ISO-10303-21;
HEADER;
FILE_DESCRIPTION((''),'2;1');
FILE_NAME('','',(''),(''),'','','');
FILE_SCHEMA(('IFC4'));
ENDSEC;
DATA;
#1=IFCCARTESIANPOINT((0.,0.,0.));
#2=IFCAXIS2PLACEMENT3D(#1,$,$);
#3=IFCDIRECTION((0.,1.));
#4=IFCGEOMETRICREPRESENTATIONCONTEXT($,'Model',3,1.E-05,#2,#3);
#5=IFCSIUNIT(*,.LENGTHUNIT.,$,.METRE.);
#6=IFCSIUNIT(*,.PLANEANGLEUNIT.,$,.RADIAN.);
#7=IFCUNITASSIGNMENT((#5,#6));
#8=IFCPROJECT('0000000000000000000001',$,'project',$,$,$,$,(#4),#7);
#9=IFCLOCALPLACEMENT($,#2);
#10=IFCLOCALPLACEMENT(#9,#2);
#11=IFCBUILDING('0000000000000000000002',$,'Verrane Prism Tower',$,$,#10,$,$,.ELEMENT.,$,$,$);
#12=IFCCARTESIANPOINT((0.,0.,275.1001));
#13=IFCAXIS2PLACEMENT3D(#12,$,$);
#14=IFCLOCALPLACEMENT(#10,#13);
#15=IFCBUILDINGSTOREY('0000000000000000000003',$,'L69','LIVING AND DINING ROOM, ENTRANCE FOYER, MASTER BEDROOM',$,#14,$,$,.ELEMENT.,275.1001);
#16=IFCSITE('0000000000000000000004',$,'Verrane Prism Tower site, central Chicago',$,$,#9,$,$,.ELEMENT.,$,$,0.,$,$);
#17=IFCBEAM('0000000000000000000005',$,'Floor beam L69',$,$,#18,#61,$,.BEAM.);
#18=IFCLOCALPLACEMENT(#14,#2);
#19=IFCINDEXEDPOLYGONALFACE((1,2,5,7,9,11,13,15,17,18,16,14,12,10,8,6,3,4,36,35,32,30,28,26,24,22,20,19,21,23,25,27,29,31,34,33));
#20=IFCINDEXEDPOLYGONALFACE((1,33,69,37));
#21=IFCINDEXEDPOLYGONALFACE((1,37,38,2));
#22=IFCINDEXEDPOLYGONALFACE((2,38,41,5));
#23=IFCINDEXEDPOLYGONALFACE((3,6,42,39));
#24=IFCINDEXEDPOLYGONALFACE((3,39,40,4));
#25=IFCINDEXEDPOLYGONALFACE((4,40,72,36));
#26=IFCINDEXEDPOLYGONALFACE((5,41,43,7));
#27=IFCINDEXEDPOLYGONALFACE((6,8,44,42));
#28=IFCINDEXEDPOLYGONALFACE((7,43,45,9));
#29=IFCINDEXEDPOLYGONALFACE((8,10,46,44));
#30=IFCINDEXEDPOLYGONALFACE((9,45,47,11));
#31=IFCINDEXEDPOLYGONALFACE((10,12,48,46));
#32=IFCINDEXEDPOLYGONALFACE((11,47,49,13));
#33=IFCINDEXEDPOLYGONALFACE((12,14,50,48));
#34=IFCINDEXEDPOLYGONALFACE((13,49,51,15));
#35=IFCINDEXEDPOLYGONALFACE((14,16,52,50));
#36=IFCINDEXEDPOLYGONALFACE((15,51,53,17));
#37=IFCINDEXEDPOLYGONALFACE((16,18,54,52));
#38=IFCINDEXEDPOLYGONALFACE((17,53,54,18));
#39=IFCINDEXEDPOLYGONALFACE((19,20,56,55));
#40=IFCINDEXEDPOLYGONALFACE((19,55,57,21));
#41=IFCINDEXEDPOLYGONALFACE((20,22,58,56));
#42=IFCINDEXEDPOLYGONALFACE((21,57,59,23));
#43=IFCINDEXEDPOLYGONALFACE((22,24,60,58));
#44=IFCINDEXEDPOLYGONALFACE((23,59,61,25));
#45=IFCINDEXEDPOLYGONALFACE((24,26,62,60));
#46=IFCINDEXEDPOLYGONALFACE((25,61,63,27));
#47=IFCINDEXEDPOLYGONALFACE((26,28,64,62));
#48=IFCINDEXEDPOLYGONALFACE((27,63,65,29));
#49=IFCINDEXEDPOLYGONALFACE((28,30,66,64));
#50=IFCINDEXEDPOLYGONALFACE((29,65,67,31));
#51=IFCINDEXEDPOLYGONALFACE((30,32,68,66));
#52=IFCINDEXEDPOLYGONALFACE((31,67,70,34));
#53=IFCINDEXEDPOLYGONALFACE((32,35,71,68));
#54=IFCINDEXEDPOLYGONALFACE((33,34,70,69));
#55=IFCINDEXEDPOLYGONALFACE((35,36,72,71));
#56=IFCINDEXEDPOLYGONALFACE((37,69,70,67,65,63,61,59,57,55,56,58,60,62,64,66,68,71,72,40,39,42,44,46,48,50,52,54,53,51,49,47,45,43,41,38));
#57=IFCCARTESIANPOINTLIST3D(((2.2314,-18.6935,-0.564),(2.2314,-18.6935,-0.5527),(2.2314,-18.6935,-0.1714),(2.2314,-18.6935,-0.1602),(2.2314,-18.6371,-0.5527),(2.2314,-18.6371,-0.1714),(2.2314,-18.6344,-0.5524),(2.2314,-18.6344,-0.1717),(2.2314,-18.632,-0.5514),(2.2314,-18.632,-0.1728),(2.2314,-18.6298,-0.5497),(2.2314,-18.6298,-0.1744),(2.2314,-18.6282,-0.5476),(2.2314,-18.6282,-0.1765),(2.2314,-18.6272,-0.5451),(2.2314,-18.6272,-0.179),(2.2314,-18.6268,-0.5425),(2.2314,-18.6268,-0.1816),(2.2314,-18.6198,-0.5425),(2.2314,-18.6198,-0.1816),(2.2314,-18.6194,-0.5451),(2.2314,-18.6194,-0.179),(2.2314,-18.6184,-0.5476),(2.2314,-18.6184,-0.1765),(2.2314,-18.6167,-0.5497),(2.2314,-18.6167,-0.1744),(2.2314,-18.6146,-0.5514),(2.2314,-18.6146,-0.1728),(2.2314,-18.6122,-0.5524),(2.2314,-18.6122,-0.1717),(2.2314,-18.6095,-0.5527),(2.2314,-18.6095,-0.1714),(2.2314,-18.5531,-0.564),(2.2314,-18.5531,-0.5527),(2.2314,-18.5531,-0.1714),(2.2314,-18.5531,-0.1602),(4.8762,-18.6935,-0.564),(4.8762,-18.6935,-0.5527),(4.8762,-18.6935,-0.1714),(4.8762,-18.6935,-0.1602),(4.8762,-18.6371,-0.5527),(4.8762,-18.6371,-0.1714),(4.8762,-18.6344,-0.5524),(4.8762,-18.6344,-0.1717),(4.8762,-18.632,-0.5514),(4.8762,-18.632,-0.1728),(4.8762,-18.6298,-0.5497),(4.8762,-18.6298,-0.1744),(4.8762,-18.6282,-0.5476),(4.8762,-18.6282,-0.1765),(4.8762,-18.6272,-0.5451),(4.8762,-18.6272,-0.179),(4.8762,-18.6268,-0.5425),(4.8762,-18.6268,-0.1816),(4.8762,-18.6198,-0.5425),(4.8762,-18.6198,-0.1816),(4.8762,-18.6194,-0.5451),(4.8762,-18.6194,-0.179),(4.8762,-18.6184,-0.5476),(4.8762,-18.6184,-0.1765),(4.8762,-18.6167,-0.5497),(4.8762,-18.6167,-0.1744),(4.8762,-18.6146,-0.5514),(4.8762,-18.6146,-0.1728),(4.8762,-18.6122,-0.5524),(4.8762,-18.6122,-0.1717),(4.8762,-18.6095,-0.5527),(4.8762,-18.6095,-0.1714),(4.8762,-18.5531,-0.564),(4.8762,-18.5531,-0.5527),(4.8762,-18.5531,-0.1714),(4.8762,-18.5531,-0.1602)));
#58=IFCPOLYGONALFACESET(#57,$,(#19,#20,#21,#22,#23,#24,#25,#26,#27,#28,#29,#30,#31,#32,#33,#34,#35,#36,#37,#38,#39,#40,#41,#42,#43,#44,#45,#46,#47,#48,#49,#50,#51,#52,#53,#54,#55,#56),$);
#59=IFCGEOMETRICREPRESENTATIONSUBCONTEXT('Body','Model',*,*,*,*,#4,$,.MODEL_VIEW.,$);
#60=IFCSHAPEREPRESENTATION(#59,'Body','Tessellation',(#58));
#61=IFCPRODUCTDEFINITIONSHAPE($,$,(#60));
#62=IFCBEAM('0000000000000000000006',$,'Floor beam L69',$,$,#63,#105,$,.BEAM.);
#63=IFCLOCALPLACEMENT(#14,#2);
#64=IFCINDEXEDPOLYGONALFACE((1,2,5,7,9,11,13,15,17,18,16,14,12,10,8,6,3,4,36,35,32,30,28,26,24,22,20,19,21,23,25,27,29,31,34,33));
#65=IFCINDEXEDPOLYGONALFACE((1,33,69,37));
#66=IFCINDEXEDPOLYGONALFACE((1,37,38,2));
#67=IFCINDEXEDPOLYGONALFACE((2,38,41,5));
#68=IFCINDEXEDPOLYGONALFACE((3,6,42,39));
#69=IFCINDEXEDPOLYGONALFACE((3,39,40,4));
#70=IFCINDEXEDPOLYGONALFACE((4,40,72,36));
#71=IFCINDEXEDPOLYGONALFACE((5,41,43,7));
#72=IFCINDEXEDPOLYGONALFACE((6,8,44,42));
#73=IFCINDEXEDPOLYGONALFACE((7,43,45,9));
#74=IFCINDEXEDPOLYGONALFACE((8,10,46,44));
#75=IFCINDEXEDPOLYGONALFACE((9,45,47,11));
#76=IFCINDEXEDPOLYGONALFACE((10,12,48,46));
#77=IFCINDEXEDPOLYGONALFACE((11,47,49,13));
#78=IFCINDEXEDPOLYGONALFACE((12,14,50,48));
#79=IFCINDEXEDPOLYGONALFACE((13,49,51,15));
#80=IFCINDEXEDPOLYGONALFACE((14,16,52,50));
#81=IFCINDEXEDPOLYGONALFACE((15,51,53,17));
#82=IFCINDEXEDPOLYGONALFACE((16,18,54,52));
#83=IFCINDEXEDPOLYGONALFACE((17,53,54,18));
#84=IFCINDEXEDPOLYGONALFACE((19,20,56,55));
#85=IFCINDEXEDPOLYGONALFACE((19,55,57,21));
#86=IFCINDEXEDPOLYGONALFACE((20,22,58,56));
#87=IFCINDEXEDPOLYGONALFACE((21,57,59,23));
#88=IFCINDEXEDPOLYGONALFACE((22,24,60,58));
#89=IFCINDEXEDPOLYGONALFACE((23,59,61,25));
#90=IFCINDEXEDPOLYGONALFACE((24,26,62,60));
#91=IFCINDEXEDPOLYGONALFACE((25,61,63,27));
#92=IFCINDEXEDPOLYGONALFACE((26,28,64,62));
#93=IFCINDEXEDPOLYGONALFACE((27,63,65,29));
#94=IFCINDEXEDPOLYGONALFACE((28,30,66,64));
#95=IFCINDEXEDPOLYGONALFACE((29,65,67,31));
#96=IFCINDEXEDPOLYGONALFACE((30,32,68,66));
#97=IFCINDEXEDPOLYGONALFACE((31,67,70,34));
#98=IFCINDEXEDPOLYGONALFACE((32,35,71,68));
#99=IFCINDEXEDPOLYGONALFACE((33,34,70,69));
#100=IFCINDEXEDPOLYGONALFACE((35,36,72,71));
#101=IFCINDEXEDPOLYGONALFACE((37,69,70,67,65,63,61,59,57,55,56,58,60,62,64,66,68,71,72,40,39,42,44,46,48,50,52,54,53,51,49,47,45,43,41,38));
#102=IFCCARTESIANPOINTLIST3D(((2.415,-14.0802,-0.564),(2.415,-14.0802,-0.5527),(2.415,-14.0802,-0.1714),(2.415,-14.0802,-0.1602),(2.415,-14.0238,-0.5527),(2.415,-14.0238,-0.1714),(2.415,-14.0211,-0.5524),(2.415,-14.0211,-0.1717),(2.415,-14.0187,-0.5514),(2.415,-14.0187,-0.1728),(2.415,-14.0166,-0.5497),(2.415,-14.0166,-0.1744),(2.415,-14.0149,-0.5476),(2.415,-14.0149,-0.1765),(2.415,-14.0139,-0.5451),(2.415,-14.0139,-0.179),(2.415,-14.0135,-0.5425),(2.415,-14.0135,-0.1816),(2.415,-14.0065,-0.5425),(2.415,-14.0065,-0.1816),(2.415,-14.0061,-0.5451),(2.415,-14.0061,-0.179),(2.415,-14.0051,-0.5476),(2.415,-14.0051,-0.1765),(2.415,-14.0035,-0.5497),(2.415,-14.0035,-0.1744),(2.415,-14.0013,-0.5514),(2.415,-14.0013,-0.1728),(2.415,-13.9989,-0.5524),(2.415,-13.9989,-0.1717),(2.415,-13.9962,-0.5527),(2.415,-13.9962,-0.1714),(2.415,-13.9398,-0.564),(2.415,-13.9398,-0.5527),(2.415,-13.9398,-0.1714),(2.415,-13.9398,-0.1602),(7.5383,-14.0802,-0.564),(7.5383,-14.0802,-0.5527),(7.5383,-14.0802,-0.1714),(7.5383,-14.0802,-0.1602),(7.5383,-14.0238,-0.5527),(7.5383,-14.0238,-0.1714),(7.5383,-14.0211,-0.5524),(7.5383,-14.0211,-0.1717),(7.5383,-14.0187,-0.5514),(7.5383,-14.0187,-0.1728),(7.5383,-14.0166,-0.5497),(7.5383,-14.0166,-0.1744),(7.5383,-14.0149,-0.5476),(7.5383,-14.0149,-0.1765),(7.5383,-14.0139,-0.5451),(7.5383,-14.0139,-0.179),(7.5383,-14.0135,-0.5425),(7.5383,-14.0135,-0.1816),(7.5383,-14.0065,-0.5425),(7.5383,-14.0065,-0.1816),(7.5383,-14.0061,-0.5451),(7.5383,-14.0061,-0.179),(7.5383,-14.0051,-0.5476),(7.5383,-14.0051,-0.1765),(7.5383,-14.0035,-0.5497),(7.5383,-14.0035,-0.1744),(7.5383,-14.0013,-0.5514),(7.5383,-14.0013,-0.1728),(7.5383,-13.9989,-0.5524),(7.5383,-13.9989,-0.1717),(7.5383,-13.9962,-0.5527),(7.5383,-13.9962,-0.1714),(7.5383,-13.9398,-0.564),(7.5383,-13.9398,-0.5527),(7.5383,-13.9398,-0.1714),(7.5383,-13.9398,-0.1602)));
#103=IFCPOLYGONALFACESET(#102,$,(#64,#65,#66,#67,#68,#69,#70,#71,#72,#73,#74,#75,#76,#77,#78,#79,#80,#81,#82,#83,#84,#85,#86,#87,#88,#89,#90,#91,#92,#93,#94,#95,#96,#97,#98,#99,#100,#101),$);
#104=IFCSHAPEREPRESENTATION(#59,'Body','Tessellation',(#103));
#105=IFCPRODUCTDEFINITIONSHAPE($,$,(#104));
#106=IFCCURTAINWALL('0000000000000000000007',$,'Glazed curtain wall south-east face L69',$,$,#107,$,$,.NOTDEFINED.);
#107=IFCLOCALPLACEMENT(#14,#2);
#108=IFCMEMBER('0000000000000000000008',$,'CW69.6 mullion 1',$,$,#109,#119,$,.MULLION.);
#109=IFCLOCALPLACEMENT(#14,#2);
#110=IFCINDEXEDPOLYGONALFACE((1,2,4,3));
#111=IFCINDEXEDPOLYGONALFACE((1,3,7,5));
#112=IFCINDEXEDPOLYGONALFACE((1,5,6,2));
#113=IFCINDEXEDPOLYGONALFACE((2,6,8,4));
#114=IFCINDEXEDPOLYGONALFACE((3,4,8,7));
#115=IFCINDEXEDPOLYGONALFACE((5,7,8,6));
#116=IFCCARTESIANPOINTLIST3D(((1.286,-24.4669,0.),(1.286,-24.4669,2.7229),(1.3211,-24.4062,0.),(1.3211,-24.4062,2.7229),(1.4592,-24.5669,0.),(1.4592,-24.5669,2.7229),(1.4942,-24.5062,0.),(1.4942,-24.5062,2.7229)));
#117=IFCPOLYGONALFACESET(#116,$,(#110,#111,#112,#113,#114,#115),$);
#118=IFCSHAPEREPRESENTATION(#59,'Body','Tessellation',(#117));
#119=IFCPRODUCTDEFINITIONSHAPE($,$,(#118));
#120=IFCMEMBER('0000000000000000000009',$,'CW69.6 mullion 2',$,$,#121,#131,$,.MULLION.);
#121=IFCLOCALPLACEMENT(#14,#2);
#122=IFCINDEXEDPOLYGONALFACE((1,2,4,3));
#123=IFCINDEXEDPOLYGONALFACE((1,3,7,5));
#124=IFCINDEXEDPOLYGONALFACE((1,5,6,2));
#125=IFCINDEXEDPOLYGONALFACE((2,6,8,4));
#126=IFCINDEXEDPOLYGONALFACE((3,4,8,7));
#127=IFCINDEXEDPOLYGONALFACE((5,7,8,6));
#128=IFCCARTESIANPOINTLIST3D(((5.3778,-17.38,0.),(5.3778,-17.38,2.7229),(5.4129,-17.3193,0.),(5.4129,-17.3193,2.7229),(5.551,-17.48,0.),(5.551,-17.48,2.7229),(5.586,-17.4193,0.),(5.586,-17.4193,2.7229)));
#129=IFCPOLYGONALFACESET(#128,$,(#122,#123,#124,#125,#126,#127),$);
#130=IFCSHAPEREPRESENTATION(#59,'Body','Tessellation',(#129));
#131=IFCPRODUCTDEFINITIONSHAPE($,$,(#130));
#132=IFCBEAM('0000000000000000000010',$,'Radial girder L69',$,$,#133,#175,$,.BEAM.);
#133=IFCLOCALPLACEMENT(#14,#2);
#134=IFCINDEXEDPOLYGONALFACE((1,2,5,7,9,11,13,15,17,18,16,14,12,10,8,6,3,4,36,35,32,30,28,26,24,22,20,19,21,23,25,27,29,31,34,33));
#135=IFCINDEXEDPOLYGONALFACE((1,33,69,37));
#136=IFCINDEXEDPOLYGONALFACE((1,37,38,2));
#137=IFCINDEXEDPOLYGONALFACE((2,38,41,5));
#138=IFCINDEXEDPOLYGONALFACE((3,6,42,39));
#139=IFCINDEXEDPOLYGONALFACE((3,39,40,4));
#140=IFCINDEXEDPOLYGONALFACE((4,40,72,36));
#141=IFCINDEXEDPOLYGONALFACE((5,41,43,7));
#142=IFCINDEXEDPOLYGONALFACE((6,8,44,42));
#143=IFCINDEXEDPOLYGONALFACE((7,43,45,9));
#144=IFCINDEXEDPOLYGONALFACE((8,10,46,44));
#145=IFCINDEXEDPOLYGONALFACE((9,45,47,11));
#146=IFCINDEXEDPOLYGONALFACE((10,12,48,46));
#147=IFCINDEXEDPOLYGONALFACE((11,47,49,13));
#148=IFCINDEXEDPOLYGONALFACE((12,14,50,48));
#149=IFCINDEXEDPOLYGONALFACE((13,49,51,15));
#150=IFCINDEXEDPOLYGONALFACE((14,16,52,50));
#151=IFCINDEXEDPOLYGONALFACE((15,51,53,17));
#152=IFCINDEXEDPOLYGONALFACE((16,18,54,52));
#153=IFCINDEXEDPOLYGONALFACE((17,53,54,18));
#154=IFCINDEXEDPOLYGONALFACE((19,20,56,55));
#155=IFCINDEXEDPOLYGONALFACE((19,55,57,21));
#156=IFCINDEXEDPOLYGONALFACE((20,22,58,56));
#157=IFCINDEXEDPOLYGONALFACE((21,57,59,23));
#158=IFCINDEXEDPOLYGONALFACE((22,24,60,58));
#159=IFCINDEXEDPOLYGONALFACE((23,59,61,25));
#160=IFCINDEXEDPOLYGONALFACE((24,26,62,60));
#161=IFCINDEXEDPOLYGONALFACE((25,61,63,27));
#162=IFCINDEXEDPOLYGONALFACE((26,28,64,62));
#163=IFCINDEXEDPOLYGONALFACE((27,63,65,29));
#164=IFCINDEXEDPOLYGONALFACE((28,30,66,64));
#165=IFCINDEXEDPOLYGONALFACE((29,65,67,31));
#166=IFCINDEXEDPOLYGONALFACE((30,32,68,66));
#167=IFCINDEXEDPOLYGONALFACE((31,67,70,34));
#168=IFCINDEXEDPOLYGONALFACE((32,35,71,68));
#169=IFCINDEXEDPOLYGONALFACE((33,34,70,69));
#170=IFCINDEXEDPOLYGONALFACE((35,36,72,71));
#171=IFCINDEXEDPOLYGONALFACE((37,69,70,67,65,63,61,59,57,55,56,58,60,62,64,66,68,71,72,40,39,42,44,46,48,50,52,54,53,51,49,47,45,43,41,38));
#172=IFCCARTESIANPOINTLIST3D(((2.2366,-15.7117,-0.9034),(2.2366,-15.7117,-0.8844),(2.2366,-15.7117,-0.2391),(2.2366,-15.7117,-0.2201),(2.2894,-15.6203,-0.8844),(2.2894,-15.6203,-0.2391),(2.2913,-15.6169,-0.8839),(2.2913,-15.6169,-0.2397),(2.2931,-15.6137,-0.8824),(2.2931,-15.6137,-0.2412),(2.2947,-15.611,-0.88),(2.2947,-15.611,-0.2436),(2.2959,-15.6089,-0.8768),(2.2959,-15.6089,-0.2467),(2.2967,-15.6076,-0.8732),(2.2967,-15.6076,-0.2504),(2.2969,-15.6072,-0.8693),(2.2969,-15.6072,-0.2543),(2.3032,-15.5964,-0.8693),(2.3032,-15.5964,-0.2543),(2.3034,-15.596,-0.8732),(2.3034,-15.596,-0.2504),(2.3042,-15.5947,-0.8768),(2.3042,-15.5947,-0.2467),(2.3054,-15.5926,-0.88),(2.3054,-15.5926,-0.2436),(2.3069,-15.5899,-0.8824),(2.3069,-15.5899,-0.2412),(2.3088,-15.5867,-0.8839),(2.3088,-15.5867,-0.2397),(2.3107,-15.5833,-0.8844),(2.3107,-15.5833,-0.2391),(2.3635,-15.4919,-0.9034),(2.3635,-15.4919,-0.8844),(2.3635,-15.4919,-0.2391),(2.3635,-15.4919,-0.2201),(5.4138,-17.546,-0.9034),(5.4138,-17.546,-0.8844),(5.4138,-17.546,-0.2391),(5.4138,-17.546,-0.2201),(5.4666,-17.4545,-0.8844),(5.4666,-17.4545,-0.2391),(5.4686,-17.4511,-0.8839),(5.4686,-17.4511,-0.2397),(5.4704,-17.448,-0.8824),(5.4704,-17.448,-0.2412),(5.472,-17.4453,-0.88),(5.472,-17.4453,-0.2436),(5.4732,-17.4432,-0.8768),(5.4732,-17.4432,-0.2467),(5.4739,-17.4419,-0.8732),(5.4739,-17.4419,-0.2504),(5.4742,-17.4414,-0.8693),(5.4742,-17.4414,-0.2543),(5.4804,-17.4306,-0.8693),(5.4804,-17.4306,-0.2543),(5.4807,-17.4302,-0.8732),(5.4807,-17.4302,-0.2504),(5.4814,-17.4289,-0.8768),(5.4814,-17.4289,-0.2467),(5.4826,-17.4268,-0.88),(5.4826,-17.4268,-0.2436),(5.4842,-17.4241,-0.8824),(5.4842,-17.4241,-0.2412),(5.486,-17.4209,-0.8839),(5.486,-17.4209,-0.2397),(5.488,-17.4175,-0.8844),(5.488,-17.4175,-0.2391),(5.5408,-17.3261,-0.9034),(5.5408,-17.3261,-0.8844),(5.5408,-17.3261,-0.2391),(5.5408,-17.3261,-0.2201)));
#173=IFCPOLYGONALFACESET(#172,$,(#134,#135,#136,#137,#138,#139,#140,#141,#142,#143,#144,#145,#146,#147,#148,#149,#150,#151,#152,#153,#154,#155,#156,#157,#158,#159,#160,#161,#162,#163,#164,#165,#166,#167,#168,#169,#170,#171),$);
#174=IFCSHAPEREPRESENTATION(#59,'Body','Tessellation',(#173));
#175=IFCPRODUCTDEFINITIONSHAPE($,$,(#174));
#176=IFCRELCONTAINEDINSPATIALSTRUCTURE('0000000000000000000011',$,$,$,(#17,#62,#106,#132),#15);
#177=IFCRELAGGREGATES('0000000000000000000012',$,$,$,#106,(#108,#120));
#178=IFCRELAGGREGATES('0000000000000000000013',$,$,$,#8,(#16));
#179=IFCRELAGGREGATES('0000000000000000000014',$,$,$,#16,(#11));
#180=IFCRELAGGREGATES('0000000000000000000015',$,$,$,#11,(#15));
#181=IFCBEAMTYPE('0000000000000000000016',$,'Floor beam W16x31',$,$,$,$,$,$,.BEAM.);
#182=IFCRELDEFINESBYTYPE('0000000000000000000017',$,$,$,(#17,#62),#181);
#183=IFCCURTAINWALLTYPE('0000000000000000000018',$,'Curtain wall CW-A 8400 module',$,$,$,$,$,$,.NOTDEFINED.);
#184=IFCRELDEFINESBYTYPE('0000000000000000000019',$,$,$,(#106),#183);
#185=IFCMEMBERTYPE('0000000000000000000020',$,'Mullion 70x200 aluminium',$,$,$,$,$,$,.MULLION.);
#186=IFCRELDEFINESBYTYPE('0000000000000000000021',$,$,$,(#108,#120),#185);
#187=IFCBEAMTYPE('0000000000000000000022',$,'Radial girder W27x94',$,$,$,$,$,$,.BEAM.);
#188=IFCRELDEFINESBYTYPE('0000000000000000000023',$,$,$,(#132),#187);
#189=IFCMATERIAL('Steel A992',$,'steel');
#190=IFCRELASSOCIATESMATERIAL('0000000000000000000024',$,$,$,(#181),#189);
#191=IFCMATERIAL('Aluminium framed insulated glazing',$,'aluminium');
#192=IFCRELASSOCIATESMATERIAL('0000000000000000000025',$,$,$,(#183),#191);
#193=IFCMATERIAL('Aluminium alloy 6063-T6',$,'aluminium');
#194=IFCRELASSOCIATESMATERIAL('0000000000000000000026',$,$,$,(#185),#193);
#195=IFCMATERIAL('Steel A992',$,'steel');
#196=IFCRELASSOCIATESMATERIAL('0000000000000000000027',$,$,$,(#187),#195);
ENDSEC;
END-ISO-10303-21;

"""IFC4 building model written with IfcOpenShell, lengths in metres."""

from ifc_helpers import new_model, si_unit, direction, frame, origin, origin_2d, place, context, subcontext, project, spatial, rectangle, i_section, extrude, material, material_profile, profile_set, type_object, element, aggregate, save


model = new_model("IFC4")

# Units and contexts
model_context = context("Model", 3, precision=1e-05, world=origin(), true_north=direction((0.0, 1.0)))
body_context = subcontext(model_context, "Body", "Model", "MODEL_VIEW")
ifc_project = project(units=[si_unit("LENGTHUNIT", "METRE"), si_unit("PLANEANGLEUNIT", "RADIAN")], contexts=[model_context])

# Site, building, storey
site_placement = place(None, origin())
site = spatial("IfcSite", under=ifc_project, at=site_placement, Name="Verrane Prism Tower site, central Chicago", CompositionType="ELEMENT", RefElevation=0.0)
building_placement = place(site_placement, origin())
building = spatial("IfcBuilding", under=site, at=building_placement, Name="Verrane Prism Tower", CompositionType="ELEMENT")
storey_placement = place(building_placement, frame((0.0, 0.0, 275.1001)))
storey = spatial("IfcBuildingStorey", under=building, at=storey_placement, Name="L69", Description="LIVING AND DINING ROOM, ENTRANCE FOYER, MASTER BEDROOM", CompositionType="ELEMENT", Elevation=275.1001)

# Beams
ifc_material_1 = material(Name="Steel A992", Category="steel")
ifc_material_profile_1 = material_profile(ifc_material_1, i_section(OverallWidth=0.1404, OverallDepth=0.4038, WebThickness=0.0071, FlangeThickness=0.0112, FilletRadius=0.0103, at=origin_2d()), Name="W16x31")
ifc_profile_set_1 = profile_set([ifc_material_profile_1], Name="Steel A992")
beam_type_1 = type_object("IfcBeamType", Name="Floor beam W16x31", PredefinedType="BEAM", material=ifc_profile_set_1)
beam_1_placement = place(storey_placement, frame((2.2314, -18.6233, -0.3621), z_axis=(1.0, 0.0, 0.0), x_axis=(0.0, 1.0, 0.0)))
element("IfcBeam", 1, at=beam_1_placement, inside=storey, type_object=beam_type_1, Name="Floor beam L69", PredefinedType="BEAM", context=body_context, shape_type="SweptSolid", body=[
    extrude(i_section(OverallWidth=0.1404, OverallDepth=0.4038, WebThickness=0.0071, FlangeThickness=0.0112, FilletRadius=0.0103, at=origin_2d()), origin(), (0.0, 0.0, 1.0), 2.6448),
])
beam_2_placement = place(storey_placement, frame((2.415, -14.01, -0.3621), z_axis=(1.0, 0.0, 0.0), x_axis=(0.0, 1.0, 0.0)))
element("IfcBeam", 2, at=beam_2_placement, inside=storey, type_object=beam_type_1, Name="Floor beam L69", PredefinedType="BEAM", context=body_context, shape_type="SweptSolid", body=[
    extrude(i_section(OverallWidth=0.1404, OverallDepth=0.4038, WebThickness=0.0071, FlangeThickness=0.0112, FilletRadius=0.0103, at=origin_2d()), origin(), (0.0, 0.0, 1.0), 5.1233),
])

# Curtain wall, members
ifc_material_2 = material(Name="Aluminium framed insulated glazing", Category="aluminium")
curtain_wall_type = type_object("IfcCurtainWallType", Name="Curtain wall CW-A 8400 module", PredefinedType="NOTDEFINED", material=ifc_material_2)
curtain_wall_1_placement = place(storey_placement, origin())
curtain_wall_1 = element("IfcCurtainWall", 3, at=curtain_wall_1_placement, inside=storey, type_object=curtain_wall_type, Name="Glazed curtain wall south-east face L69", PredefinedType="NOTDEFINED")
ifc_material_3 = material(Name="Aluminium alloy 6063-T6", Category="aluminium")
ifc_material_profile_2 = material_profile(ifc_material_3, rectangle(XDim=0.2, YDim=0.0701, at=origin_2d()), Name="Mullion 70x200 aluminium")
ifc_profile_set_2 = profile_set([ifc_material_profile_2], Name="Aluminium alloy 6063-T6")
member_type_1 = type_object("IfcMemberType", Name="Mullion 70x200 aluminium", PredefinedType="MULLION", material=ifc_profile_set_2)
member_1_placement = place(storey_placement, frame((1.3901, -24.4866, 0.0), z_axis=(0.0, 0.0, 1.0), x_axis=(-0.866025, 0.500001, 0.0)))
member_1 = element("IfcMember", 4, at=member_1_placement, type_object=member_type_1, Name="CW69.6 mullion 1", PredefinedType="MULLION", context=body_context, shape_type="SweptSolid", body=[
    extrude(rectangle(XDim=0.2, YDim=0.0701, at=origin_2d()), origin(), (0.0, 0.0, 1.0), 2.7229),
])
member_2_placement = place(storey_placement, frame((5.4819, -17.3997, 0.0), z_axis=(0.0, 0.0, 1.0), x_axis=(-0.866025, 0.500001, 0.0)))
member_2 = element("IfcMember", 5, at=member_2_placement, type_object=member_type_1, Name="CW69.6 mullion 2", PredefinedType="MULLION", context=body_context, shape_type="SweptSolid", body=[
    extrude(rectangle(XDim=0.2, YDim=0.0701, at=origin_2d()), origin(), (0.0, 0.0, 1.0), 2.7229),
])

# Beam
ifc_material_4 = material(Name="Steel A992", Category="steel")
ifc_material_profile_3 = material_profile(ifc_material_4, i_section(OverallWidth=0.2539, OverallDepth=0.6833, WebThickness=0.0125, FlangeThickness=0.019, FilletRadius=0.0151, at=origin_2d()), Name="W27x94")
ifc_profile_set_3 = profile_set([ifc_material_profile_3], Name="Steel A992")
beam_type_2 = type_object("IfcBeamType", Name="Radial girder W27x94", PredefinedType="BEAM", material=ifc_profile_set_3)
beam_3_placement = place(storey_placement, frame((5.4773, -17.436, -0.5618), z_axis=(-0.866044, 0.499968, 0.0), x_axis=(-0.499968, -0.866044, 0.0)))
element("IfcBeam", 6, at=beam_3_placement, inside=storey, type_object=beam_type_2, Name="Radial girder L69", PredefinedType="BEAM", context=body_context, shape_type="SweptSolid", body=[
    extrude(i_section(OverallWidth=0.2539, OverallDepth=0.6833, WebThickness=0.0125, FlangeThickness=0.019, FilletRadius=0.0151, at=origin_2d()), origin(), (0.0, 0.0, 1.0), 3.6687),
])

aggregate(curtain_wall_1, [member_1, member_2])

save(model, "model.ifc")
